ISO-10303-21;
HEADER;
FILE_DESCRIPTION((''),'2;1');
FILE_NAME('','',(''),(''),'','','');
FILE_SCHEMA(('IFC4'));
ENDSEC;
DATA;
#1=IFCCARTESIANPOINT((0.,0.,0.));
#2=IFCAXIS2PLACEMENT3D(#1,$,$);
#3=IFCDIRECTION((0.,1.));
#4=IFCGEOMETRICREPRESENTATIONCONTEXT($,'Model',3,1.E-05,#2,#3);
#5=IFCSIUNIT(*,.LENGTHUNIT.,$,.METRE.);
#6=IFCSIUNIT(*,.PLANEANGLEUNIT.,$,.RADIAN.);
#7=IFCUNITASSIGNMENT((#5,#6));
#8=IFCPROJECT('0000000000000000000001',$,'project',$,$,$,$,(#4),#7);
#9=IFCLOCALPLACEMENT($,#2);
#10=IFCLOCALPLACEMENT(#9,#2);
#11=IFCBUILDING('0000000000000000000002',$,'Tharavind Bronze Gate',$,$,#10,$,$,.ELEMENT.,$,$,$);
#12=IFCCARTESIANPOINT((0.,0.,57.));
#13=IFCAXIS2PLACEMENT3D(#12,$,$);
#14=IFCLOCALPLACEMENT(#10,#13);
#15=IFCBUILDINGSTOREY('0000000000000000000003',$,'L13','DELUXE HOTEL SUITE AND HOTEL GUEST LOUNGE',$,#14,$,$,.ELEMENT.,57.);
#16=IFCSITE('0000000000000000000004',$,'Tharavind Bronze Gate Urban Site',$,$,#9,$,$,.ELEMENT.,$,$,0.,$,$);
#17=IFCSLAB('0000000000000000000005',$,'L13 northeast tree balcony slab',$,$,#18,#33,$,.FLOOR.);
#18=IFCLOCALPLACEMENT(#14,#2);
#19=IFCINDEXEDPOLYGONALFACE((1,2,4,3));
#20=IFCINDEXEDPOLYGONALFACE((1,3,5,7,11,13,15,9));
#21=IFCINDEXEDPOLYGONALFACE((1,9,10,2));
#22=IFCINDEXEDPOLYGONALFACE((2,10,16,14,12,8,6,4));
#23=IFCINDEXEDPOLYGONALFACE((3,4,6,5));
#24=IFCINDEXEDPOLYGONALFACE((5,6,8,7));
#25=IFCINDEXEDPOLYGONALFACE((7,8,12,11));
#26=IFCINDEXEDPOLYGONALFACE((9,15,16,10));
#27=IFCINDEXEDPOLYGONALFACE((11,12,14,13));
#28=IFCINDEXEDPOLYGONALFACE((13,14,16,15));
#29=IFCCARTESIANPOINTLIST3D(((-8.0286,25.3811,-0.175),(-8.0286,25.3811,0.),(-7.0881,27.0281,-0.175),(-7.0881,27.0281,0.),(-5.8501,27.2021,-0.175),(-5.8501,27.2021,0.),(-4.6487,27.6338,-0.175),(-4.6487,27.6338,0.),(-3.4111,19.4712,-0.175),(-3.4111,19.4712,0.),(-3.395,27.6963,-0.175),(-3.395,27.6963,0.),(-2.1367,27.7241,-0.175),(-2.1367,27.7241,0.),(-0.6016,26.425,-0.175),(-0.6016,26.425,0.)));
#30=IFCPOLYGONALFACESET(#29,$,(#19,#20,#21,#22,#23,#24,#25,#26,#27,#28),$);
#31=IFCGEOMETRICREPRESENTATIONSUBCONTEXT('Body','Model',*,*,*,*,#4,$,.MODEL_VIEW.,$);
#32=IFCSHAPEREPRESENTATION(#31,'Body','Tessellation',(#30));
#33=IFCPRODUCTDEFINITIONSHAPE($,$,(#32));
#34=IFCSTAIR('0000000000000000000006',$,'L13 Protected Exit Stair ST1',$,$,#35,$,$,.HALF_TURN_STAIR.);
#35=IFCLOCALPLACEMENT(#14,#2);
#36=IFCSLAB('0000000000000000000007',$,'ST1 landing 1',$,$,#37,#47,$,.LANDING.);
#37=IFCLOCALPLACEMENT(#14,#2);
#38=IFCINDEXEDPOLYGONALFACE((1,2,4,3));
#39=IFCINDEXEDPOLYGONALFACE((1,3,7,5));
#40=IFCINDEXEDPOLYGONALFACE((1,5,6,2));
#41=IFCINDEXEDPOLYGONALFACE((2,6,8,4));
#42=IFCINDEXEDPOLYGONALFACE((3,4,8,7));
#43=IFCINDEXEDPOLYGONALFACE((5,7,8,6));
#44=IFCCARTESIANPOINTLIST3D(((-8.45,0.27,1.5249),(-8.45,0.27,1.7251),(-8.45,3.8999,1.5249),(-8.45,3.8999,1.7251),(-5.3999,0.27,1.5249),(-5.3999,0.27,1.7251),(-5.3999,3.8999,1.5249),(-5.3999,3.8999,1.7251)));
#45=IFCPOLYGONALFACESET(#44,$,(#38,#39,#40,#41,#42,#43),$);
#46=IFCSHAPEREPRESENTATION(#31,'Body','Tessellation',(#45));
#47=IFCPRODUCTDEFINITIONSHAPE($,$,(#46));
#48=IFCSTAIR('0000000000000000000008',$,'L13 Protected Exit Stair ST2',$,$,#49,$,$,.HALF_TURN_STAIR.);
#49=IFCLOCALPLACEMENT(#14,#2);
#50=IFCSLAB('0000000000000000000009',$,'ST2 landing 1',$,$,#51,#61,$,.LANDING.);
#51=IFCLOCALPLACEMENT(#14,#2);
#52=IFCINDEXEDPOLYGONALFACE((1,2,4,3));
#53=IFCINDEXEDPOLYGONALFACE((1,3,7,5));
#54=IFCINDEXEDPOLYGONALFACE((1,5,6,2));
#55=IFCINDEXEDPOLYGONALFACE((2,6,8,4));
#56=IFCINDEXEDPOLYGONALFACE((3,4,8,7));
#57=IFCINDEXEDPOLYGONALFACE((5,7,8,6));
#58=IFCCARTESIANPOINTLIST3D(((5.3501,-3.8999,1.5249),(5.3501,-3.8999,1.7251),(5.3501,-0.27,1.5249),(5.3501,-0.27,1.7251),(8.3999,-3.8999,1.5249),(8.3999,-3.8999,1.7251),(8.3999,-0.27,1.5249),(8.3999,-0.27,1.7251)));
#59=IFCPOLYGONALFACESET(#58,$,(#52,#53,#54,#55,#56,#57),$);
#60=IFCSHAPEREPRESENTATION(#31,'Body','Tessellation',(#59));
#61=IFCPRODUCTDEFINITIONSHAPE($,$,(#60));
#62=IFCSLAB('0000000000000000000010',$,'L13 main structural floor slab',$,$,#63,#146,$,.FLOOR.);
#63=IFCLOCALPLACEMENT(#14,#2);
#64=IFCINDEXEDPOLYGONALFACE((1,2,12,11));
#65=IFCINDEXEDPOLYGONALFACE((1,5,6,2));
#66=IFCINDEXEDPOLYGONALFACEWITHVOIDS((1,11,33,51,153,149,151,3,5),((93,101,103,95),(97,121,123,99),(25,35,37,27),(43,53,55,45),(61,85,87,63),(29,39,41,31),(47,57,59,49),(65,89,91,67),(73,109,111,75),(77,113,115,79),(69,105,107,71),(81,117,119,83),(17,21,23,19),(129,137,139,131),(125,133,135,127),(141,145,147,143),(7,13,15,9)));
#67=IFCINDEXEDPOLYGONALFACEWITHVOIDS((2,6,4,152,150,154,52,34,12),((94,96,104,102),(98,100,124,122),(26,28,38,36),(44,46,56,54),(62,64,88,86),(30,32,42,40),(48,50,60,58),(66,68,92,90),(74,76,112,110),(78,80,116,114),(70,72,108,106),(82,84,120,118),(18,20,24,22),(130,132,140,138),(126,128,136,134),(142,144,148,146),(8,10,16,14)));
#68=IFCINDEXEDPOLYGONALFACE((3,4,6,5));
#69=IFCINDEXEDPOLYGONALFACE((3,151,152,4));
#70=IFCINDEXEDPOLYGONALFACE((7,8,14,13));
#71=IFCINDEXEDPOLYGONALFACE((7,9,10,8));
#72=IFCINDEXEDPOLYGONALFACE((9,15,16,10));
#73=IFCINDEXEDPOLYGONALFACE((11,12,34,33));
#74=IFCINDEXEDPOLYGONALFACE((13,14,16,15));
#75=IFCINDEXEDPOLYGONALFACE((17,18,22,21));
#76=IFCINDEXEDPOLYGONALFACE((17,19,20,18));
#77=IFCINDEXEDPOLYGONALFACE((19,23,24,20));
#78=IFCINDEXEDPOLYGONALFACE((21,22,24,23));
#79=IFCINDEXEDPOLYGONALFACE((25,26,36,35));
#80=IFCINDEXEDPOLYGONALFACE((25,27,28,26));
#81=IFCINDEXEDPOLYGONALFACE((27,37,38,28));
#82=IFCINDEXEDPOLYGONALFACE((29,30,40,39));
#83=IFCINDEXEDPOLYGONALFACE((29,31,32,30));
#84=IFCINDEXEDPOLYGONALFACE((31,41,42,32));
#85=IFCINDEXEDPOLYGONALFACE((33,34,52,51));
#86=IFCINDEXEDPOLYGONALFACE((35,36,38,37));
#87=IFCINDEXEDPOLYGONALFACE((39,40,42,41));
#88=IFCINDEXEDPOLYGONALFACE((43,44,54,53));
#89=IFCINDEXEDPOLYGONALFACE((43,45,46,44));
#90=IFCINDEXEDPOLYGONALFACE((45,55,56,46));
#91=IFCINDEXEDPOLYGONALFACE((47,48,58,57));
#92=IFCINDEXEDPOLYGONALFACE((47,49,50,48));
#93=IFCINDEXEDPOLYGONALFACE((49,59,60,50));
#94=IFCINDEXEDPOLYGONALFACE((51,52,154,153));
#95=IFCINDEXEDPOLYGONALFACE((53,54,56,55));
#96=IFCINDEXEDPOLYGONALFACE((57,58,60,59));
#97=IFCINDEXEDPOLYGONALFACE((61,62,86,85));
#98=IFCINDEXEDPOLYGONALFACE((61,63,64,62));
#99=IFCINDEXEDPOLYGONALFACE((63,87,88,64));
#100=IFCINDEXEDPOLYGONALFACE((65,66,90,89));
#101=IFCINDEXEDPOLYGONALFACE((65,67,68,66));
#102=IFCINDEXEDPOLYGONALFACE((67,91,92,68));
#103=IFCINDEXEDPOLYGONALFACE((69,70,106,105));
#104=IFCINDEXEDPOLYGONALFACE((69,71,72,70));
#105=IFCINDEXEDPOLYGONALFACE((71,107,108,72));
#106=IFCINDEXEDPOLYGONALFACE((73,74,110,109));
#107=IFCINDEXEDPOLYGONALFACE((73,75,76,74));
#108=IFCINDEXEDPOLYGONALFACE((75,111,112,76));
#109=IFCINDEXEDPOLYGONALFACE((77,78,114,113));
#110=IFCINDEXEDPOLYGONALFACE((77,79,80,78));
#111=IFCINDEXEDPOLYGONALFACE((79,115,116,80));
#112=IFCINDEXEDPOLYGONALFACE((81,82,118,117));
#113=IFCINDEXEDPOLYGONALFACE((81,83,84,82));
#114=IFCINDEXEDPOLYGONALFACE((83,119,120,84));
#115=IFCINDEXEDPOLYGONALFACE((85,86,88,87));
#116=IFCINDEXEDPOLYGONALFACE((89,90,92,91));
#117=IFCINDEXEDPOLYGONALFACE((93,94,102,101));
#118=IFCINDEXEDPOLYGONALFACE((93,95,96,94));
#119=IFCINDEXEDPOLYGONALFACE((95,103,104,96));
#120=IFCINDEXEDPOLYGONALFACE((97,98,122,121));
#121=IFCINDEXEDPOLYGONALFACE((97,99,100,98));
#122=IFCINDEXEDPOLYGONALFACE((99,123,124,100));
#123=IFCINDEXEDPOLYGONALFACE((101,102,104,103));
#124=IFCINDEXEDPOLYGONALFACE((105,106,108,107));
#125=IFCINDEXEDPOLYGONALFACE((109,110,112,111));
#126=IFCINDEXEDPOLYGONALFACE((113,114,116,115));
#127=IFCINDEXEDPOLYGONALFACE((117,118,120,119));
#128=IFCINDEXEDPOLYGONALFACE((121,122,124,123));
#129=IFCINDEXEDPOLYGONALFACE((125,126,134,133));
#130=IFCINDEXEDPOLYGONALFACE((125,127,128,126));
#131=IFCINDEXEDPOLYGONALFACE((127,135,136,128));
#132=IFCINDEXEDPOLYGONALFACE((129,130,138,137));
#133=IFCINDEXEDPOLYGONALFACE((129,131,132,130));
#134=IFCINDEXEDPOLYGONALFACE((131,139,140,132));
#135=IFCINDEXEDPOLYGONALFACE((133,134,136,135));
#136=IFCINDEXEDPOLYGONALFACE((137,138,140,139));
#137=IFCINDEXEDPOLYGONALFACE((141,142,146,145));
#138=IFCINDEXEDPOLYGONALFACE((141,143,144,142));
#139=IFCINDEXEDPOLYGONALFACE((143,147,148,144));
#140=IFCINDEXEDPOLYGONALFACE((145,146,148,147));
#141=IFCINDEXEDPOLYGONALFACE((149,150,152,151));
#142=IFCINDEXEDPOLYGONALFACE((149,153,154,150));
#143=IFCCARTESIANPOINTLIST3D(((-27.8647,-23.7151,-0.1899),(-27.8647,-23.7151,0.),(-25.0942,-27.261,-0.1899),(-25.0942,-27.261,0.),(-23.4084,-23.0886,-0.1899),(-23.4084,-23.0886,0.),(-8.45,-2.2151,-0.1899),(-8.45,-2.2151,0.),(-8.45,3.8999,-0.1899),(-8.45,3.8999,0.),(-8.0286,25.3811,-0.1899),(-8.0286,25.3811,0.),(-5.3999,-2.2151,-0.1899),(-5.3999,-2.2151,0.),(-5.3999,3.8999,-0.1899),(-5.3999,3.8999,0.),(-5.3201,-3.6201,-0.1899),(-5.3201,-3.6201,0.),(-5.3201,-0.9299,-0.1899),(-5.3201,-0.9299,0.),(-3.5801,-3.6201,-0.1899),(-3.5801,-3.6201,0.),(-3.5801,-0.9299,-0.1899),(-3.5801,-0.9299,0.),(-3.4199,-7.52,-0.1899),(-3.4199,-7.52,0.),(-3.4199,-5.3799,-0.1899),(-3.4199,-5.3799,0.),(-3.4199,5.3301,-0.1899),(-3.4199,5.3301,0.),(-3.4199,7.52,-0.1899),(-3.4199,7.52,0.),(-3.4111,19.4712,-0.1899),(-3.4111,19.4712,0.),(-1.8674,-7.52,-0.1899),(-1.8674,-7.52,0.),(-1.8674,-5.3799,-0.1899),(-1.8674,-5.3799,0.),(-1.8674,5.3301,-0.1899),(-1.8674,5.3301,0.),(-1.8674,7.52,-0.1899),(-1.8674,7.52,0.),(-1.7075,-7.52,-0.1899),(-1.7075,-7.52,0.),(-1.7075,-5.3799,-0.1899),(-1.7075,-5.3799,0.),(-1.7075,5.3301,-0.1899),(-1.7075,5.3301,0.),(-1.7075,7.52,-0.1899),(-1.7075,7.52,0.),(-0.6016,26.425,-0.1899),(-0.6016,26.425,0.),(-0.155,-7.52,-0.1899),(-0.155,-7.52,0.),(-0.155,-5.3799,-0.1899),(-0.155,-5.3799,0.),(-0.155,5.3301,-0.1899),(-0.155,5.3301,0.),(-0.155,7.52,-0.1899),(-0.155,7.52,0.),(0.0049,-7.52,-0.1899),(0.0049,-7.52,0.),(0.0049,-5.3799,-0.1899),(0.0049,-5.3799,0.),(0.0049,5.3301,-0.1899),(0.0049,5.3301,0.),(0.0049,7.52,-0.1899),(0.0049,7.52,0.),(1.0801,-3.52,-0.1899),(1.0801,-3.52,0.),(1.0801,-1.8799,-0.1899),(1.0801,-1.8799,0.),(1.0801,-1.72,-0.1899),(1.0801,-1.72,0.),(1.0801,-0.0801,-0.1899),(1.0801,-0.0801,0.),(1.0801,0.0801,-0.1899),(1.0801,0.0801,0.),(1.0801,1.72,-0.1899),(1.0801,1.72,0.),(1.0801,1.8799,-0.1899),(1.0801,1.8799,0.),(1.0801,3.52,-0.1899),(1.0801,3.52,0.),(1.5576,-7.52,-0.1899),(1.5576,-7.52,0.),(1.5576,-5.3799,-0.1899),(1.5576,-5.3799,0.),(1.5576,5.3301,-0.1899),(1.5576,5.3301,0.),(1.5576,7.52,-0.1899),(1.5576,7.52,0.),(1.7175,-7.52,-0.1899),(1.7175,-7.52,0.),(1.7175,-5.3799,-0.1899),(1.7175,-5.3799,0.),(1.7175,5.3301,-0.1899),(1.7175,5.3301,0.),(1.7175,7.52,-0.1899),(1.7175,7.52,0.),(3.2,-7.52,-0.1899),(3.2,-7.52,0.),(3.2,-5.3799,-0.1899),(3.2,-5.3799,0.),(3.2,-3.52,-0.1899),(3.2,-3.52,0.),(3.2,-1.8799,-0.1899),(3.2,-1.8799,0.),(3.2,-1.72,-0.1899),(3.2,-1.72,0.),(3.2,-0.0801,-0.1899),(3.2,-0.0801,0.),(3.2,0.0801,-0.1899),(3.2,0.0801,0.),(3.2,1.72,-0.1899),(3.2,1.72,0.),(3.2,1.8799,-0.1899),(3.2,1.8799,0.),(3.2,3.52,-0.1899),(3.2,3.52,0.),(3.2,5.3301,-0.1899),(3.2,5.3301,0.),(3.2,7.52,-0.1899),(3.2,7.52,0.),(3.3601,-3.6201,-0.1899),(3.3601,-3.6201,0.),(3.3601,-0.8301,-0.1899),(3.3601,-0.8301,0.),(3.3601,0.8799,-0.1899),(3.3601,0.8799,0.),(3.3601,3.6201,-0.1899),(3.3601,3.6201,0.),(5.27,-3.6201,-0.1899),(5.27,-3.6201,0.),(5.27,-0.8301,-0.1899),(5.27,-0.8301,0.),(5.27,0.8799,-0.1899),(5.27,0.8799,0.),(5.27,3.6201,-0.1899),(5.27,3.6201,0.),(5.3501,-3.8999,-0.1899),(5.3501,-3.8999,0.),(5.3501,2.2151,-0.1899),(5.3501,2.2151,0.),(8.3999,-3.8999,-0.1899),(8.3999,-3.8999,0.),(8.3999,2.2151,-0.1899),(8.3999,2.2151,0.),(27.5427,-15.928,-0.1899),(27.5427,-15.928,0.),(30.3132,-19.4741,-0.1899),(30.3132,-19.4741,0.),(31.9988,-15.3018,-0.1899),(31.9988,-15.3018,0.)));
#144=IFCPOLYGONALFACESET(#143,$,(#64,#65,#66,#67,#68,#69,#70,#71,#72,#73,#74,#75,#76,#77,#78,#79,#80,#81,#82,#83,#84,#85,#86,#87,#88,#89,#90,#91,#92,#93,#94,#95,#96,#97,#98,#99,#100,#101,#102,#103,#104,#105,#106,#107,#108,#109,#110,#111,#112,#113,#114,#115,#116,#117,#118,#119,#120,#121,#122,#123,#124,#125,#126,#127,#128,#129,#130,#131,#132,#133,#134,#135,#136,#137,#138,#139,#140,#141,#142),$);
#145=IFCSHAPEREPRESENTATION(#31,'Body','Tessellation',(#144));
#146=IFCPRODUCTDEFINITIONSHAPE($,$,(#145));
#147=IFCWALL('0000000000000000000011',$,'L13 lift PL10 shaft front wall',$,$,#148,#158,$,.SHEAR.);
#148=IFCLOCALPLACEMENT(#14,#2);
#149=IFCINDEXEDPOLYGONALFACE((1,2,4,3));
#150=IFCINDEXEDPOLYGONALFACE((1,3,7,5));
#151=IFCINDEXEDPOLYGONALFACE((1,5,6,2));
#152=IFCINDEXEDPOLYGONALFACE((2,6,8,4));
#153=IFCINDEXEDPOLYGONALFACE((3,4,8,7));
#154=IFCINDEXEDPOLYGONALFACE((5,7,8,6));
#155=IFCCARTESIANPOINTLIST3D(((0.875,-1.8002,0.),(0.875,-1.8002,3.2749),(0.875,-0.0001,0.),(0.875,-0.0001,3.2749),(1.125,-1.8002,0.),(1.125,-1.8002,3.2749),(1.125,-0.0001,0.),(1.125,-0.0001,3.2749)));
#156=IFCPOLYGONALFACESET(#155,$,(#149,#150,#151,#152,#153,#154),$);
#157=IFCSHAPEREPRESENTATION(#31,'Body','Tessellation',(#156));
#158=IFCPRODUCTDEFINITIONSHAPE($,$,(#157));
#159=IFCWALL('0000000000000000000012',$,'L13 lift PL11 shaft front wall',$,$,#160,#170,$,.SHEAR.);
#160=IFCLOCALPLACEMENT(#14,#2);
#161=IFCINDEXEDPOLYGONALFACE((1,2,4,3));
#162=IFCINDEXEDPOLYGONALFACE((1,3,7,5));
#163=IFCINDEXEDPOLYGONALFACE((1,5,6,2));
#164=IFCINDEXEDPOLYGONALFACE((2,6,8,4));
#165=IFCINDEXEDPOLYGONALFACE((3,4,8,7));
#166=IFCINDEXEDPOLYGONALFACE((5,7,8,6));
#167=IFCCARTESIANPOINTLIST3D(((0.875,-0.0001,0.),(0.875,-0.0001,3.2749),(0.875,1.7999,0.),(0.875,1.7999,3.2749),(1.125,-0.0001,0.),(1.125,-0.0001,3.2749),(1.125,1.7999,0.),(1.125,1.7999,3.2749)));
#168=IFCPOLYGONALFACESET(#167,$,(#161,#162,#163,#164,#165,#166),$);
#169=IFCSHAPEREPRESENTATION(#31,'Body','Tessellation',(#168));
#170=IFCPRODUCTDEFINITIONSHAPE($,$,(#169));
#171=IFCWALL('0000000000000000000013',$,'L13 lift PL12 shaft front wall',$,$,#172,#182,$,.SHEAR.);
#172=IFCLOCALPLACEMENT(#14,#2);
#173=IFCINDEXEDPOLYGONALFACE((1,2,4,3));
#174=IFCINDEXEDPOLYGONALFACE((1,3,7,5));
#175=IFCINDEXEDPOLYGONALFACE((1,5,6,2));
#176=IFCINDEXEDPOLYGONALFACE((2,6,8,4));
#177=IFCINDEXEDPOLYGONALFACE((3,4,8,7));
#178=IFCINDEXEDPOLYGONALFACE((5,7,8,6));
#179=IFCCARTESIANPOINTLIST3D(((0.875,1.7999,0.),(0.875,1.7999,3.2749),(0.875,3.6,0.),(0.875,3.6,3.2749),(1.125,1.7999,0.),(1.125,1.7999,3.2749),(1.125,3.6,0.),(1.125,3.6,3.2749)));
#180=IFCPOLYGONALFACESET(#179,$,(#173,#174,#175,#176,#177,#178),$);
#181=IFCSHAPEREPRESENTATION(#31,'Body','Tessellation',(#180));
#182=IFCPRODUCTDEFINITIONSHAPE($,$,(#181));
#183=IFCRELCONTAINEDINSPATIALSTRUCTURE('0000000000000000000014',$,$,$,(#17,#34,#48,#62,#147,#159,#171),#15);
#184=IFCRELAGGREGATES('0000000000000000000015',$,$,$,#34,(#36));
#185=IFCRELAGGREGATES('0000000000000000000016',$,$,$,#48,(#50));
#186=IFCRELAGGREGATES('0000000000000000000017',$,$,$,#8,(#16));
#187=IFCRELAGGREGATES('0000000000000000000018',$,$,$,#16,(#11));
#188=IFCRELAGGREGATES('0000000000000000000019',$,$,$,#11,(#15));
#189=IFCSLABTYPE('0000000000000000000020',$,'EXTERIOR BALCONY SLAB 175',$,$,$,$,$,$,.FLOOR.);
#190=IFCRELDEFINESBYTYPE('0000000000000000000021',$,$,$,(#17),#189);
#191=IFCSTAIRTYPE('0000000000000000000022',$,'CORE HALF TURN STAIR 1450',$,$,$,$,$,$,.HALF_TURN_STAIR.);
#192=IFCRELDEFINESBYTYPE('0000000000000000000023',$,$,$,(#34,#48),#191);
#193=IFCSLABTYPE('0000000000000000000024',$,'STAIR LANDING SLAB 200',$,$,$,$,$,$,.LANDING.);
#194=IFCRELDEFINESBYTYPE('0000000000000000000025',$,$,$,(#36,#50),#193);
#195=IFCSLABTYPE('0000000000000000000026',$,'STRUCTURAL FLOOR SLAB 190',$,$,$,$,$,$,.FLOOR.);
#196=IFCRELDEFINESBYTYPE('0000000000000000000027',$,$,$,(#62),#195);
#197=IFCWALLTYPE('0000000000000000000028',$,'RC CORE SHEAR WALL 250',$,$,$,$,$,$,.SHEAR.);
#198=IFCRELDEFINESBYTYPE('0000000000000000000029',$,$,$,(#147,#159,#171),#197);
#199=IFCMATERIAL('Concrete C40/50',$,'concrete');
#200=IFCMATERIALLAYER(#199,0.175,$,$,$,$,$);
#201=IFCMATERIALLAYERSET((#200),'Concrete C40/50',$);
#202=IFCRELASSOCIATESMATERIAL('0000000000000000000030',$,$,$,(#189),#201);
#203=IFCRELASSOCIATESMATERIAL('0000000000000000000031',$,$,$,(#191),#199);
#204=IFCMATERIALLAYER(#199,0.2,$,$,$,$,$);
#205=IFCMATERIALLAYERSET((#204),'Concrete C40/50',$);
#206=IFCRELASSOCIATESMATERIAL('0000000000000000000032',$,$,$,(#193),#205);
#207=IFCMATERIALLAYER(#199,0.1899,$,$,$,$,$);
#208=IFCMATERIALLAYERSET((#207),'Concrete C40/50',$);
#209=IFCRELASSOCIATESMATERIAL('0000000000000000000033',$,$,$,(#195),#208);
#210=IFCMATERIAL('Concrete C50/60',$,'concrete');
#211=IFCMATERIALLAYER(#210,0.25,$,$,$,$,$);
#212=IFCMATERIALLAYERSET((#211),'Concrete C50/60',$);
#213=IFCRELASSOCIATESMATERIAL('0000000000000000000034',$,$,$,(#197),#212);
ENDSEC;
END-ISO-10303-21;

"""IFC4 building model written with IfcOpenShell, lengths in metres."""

from ifc_helpers import new_model, si_unit, direction, frame, frame_2d, origin, place, context, subcontext, project, spatial, polyline, rectangle, outline, extrude, material, layer, layer_set, type_object, element, aggregate, save


model = new_model("IFC4")

# Units and contexts
model_context = context("Model", 3, precision=1e-05, world=origin(), true_north=direction((0.0, 1.0)))
body_context = subcontext(model_context, "Body", "Model", "MODEL_VIEW")
ifc_project = project(units=[si_unit("LENGTHUNIT", "METRE"), si_unit("PLANEANGLEUNIT", "RADIAN")], contexts=[model_context])

# Site, building, storey
site_placement = place(None, origin())
site = spatial("IfcSite", under=ifc_project, at=site_placement, Name="Tharavind Bronze Gate Urban Site", CompositionType="ELEMENT", RefElevation=0.0)
building_placement = place(site_placement, origin())
building = spatial("IfcBuilding", under=site, at=building_placement, Name="Tharavind Bronze Gate", CompositionType="ELEMENT")
storey_placement = place(building_placement, frame((0.0, 0.0, 57.0)))
storey = spatial("IfcBuildingStorey", under=building, at=storey_placement, Name="L13", Description="DELUXE HOTEL SUITE AND HOTEL GUEST LOUNGE", CompositionType="ELEMENT", Elevation=57.0)

# Slab
ifc_material_1 = material(Name="Concrete C40/50", Category="concrete")
ifc_layer_1 = layer(ifc_material_1, 0.175)
ifc_layer_set_1 = layer_set([ifc_layer_1], Name="Concrete C40/50")
slab_type_1 = type_object("IfcSlabType", Name="EXTERIOR BALCONY SLAB 175", PredefinedType="FLOOR", material=ifc_layer_set_1)
slab_1_placement = place(storey_placement, frame((0.0, 0.0, -0.175)))
element("IfcSlab", 1, at=slab_1_placement, inside=storey, type_object=slab_type_1, Name="L13 northeast tree balcony slab", PredefinedType="FLOOR", context=body_context, shape_type="SweptSolid", body=[
    extrude(outline(polyline([(-2.1367, 27.7241), (-3.395, 27.6963), (-4.6487, 27.6338), (-5.8501, 27.2021), (-7.0881, 27.0281), (-8.0286, 25.3811), (-3.4111, 19.4712), (-0.6016, 26.425), (-2.1367, 27.7241)])), origin(), (0.0, 0.0, 1.0), 0.175),
])

# Stairs, slabs
stair_type = type_object("IfcStairType", Name="CORE HALF TURN STAIR 1450", PredefinedType="HALF_TURN_STAIR", material=ifc_material_1)
stair_1_placement = place(storey_placement, origin())
stair_1 = element("IfcStair", 2, at=stair_1_placement, inside=storey, type_object=stair_type, Name="L13 Protected Exit Stair ST1", PredefinedType="HALF_TURN_STAIR")
ifc_layer_2 = layer(ifc_material_1, 0.2)
ifc_layer_set_2 = layer_set([ifc_layer_2], Name="Concrete C40/50")
slab_type_2 = type_object("IfcSlabType", Name="STAIR LANDING SLAB 200", PredefinedType="LANDING", material=ifc_layer_set_2)
slab_2_placement = place(storey_placement, frame((0.0, 0.0, 1.5249)))
slab_2 = element("IfcSlab", 3, at=slab_2_placement, type_object=slab_type_2, Name="ST1 landing 1", PredefinedType="LANDING", context=body_context, shape_type="SweptSolid", body=[
    extrude(outline(polyline([(-5.3999, 0.27), (-5.3999, 3.8999), (-8.45, 3.8999), (-8.45, 0.27), (-5.3999, 0.27)])), origin(), (0.0, 0.0, 1.0), 0.2002),
])
aggregate(stair_1, [slab_2])
stair_2_placement = place(storey_placement, origin())
stair_2 = element("IfcStair", 4, at=stair_2_placement, inside=storey, type_object=stair_type, Name="L13 Protected Exit Stair ST2", PredefinedType="HALF_TURN_STAIR")
slab_3_placement = place(storey_placement, frame((0.0, 0.0, 1.5249)))
slab_3 = element("IfcSlab", 5, at=slab_3_placement, type_object=slab_type_2, Name="ST2 landing 1", PredefinedType="LANDING", context=body_context, shape_type="SweptSolid", body=[
    extrude(outline(polyline([(5.3501, -0.27), (5.3501, -3.8999), (8.3999, -3.8999), (8.3999, -0.27), (5.3501, -0.27)])), origin(), (0.0, 0.0, 1.0), 0.2002),
])
aggregate(stair_2, [slab_3])

# Slab
ifc_layer_3 = layer(ifc_material_1, 0.1899)
ifc_layer_set_3 = layer_set([ifc_layer_3], Name="Concrete C40/50")
slab_type_3 = type_object("IfcSlabType", Name="STRUCTURAL FLOOR SLAB 190", PredefinedType="FLOOR", material=ifc_layer_set_3)
slab_4_placement = place(storey_placement, frame((0.0, 0.0, -0.1899)))
element("IfcSlab", 6, at=slab_4_placement, inside=storey, type_object=slab_type_3, Name="L13 main structural floor slab", PredefinedType="FLOOR", context=body_context, shape_type="SweptSolid", body=[
    extrude(outline(polyline([(-0.6016, 26.425), (-3.4111, 19.4712), (-8.0286, 25.3811), (-27.8647, -23.7151), (-23.4084, -23.0886), (-25.0942, -27.261), (30.3132, -19.4741), (27.5427, -15.928), (31.9988, -15.3018), (-0.6016, 26.425)]), holes=[polyline([(-5.3999, -2.2151), (-5.3999, 3.8999), (-8.45, 3.8999), (-8.45, -2.2151), (-5.3999, -2.2151)]), polyline([(5.3501, 2.2151), (5.3501, -3.8999), (8.3999, -3.8999), (8.3999, 2.2151), (5.3501, 2.2151)]), polyline([(-3.4199, -7.52), (-1.8674, -7.52), (-1.8674, -5.3799), (-3.4199, -5.3799), (-3.4199, -7.52)]), polyline([(-1.7075, -7.52), (-0.155, -7.52), (-0.155, -5.3799), (-1.7075, -5.3799), (-1.7075, -7.52)]), polyline([(0.0049, -7.52), (1.5576, -7.52), (1.5576, -5.3799), (0.0049, -5.3799), (0.0049, -7.52)]), polyline([(1.7175, -7.52), (3.2, -7.52), (3.2, -5.3799), (1.7175, -5.3799), (1.7175, -7.52)]), polyline([(-3.4199, 5.3301), (-1.8674, 5.3301), (-1.8674, 7.52), (-3.4199, 7.52), (-3.4199, 5.3301)]), polyline([(-1.7075, 5.3301), (-0.155, 5.3301), (-0.155, 7.52), (-1.7075, 7.52), (-1.7075, 5.3301)]), polyline([(0.0049, 5.3301), (1.5576, 5.3301), (1.5576, 7.52), (0.0049, 7.52), (0.0049, 5.3301)]), polyline([(1.7175, 5.3301), (3.2, 5.3301), (3.2, 7.52), (1.7175, 7.52), (1.7175, 5.3301)]), polyline([(1.0801, -3.52), (3.2, -3.52), (3.2, -1.8799), (1.0801, -1.8799), (1.0801, -3.52)]), polyline([(1.0801, -1.72), (3.2, -1.72), (3.2, -0.0801), (1.0801, -0.0801), (1.0801, -1.72)]), polyline([(1.0801, 0.0801), (3.2, 0.0801), (3.2, 1.72), (1.0801, 1.72), (1.0801, 0.0801)]), polyline([(1.0801, 1.8799), (3.2, 1.8799), (3.2, 3.52), (1.0801, 3.52), (1.0801, 1.8799)]), polyline([(-5.3201, -3.6201), (-3.5801, -3.6201), (-3.5801, -0.9299), (-5.3201, -0.9299), (-5.3201, -3.6201)]), polyline([(3.3601, 0.8799), (5.27, 0.8799), (5.27, 3.6201), (3.3601, 3.6201), (3.3601, 0.8799)]), polyline([(3.3601, -3.6201), (5.27, -3.6201), (5.27, -0.8301), (3.3601, -0.8301), (3.3601, -3.6201)])]), origin(), (0.0, 0.0, 1.0), 0.1899),
])

# Walls
ifc_material_2 = material(Name="Concrete C50/60", Category="concrete")
ifc_layer_4 = layer(ifc_material_2, 0.25)
ifc_layer_set_4 = layer_set([ifc_layer_4], Name="Concrete C50/60")
wall_type_1 = type_object("IfcWallType", Name="RC CORE SHEAR WALL 250", PredefinedType="SHEAR", material=ifc_layer_set_4)
for number, where, z_axis, x_axis, name in (
    (7, (1.0, -1.8, 0.0), (0.0, 0.0, 1.0), (0.0, 1.0, 0.0), "L13 lift PL10 shaft front wall"),
    (8, (1.0, 0.0, 0.0), (0.0, 0.0, 1.0), (0.0, 1.0, 0.0), "L13 lift PL11 shaft front wall"),
    (9, (1.0, 1.8, 0.0), (0.0, 0.0, 1.0), (0.0, 1.0, 0.0), "L13 lift PL12 shaft front wall"),
):
    element("IfcWall", number, at=place(storey_placement, frame(where, z_axis=z_axis, x_axis=x_axis)), inside=storey, type_object=wall_type_1, Name=name, PredefinedType="SHEAR", context=body_context, shape_type="SweptSolid", body=[
        extrude(rectangle(XDim=1.8, YDim=0.25, at=frame_2d((0.8999, 0.0))), origin(), (0.0, 0.0, 1.0), 3.2749),
    ])

save(model, "model.ifc")
